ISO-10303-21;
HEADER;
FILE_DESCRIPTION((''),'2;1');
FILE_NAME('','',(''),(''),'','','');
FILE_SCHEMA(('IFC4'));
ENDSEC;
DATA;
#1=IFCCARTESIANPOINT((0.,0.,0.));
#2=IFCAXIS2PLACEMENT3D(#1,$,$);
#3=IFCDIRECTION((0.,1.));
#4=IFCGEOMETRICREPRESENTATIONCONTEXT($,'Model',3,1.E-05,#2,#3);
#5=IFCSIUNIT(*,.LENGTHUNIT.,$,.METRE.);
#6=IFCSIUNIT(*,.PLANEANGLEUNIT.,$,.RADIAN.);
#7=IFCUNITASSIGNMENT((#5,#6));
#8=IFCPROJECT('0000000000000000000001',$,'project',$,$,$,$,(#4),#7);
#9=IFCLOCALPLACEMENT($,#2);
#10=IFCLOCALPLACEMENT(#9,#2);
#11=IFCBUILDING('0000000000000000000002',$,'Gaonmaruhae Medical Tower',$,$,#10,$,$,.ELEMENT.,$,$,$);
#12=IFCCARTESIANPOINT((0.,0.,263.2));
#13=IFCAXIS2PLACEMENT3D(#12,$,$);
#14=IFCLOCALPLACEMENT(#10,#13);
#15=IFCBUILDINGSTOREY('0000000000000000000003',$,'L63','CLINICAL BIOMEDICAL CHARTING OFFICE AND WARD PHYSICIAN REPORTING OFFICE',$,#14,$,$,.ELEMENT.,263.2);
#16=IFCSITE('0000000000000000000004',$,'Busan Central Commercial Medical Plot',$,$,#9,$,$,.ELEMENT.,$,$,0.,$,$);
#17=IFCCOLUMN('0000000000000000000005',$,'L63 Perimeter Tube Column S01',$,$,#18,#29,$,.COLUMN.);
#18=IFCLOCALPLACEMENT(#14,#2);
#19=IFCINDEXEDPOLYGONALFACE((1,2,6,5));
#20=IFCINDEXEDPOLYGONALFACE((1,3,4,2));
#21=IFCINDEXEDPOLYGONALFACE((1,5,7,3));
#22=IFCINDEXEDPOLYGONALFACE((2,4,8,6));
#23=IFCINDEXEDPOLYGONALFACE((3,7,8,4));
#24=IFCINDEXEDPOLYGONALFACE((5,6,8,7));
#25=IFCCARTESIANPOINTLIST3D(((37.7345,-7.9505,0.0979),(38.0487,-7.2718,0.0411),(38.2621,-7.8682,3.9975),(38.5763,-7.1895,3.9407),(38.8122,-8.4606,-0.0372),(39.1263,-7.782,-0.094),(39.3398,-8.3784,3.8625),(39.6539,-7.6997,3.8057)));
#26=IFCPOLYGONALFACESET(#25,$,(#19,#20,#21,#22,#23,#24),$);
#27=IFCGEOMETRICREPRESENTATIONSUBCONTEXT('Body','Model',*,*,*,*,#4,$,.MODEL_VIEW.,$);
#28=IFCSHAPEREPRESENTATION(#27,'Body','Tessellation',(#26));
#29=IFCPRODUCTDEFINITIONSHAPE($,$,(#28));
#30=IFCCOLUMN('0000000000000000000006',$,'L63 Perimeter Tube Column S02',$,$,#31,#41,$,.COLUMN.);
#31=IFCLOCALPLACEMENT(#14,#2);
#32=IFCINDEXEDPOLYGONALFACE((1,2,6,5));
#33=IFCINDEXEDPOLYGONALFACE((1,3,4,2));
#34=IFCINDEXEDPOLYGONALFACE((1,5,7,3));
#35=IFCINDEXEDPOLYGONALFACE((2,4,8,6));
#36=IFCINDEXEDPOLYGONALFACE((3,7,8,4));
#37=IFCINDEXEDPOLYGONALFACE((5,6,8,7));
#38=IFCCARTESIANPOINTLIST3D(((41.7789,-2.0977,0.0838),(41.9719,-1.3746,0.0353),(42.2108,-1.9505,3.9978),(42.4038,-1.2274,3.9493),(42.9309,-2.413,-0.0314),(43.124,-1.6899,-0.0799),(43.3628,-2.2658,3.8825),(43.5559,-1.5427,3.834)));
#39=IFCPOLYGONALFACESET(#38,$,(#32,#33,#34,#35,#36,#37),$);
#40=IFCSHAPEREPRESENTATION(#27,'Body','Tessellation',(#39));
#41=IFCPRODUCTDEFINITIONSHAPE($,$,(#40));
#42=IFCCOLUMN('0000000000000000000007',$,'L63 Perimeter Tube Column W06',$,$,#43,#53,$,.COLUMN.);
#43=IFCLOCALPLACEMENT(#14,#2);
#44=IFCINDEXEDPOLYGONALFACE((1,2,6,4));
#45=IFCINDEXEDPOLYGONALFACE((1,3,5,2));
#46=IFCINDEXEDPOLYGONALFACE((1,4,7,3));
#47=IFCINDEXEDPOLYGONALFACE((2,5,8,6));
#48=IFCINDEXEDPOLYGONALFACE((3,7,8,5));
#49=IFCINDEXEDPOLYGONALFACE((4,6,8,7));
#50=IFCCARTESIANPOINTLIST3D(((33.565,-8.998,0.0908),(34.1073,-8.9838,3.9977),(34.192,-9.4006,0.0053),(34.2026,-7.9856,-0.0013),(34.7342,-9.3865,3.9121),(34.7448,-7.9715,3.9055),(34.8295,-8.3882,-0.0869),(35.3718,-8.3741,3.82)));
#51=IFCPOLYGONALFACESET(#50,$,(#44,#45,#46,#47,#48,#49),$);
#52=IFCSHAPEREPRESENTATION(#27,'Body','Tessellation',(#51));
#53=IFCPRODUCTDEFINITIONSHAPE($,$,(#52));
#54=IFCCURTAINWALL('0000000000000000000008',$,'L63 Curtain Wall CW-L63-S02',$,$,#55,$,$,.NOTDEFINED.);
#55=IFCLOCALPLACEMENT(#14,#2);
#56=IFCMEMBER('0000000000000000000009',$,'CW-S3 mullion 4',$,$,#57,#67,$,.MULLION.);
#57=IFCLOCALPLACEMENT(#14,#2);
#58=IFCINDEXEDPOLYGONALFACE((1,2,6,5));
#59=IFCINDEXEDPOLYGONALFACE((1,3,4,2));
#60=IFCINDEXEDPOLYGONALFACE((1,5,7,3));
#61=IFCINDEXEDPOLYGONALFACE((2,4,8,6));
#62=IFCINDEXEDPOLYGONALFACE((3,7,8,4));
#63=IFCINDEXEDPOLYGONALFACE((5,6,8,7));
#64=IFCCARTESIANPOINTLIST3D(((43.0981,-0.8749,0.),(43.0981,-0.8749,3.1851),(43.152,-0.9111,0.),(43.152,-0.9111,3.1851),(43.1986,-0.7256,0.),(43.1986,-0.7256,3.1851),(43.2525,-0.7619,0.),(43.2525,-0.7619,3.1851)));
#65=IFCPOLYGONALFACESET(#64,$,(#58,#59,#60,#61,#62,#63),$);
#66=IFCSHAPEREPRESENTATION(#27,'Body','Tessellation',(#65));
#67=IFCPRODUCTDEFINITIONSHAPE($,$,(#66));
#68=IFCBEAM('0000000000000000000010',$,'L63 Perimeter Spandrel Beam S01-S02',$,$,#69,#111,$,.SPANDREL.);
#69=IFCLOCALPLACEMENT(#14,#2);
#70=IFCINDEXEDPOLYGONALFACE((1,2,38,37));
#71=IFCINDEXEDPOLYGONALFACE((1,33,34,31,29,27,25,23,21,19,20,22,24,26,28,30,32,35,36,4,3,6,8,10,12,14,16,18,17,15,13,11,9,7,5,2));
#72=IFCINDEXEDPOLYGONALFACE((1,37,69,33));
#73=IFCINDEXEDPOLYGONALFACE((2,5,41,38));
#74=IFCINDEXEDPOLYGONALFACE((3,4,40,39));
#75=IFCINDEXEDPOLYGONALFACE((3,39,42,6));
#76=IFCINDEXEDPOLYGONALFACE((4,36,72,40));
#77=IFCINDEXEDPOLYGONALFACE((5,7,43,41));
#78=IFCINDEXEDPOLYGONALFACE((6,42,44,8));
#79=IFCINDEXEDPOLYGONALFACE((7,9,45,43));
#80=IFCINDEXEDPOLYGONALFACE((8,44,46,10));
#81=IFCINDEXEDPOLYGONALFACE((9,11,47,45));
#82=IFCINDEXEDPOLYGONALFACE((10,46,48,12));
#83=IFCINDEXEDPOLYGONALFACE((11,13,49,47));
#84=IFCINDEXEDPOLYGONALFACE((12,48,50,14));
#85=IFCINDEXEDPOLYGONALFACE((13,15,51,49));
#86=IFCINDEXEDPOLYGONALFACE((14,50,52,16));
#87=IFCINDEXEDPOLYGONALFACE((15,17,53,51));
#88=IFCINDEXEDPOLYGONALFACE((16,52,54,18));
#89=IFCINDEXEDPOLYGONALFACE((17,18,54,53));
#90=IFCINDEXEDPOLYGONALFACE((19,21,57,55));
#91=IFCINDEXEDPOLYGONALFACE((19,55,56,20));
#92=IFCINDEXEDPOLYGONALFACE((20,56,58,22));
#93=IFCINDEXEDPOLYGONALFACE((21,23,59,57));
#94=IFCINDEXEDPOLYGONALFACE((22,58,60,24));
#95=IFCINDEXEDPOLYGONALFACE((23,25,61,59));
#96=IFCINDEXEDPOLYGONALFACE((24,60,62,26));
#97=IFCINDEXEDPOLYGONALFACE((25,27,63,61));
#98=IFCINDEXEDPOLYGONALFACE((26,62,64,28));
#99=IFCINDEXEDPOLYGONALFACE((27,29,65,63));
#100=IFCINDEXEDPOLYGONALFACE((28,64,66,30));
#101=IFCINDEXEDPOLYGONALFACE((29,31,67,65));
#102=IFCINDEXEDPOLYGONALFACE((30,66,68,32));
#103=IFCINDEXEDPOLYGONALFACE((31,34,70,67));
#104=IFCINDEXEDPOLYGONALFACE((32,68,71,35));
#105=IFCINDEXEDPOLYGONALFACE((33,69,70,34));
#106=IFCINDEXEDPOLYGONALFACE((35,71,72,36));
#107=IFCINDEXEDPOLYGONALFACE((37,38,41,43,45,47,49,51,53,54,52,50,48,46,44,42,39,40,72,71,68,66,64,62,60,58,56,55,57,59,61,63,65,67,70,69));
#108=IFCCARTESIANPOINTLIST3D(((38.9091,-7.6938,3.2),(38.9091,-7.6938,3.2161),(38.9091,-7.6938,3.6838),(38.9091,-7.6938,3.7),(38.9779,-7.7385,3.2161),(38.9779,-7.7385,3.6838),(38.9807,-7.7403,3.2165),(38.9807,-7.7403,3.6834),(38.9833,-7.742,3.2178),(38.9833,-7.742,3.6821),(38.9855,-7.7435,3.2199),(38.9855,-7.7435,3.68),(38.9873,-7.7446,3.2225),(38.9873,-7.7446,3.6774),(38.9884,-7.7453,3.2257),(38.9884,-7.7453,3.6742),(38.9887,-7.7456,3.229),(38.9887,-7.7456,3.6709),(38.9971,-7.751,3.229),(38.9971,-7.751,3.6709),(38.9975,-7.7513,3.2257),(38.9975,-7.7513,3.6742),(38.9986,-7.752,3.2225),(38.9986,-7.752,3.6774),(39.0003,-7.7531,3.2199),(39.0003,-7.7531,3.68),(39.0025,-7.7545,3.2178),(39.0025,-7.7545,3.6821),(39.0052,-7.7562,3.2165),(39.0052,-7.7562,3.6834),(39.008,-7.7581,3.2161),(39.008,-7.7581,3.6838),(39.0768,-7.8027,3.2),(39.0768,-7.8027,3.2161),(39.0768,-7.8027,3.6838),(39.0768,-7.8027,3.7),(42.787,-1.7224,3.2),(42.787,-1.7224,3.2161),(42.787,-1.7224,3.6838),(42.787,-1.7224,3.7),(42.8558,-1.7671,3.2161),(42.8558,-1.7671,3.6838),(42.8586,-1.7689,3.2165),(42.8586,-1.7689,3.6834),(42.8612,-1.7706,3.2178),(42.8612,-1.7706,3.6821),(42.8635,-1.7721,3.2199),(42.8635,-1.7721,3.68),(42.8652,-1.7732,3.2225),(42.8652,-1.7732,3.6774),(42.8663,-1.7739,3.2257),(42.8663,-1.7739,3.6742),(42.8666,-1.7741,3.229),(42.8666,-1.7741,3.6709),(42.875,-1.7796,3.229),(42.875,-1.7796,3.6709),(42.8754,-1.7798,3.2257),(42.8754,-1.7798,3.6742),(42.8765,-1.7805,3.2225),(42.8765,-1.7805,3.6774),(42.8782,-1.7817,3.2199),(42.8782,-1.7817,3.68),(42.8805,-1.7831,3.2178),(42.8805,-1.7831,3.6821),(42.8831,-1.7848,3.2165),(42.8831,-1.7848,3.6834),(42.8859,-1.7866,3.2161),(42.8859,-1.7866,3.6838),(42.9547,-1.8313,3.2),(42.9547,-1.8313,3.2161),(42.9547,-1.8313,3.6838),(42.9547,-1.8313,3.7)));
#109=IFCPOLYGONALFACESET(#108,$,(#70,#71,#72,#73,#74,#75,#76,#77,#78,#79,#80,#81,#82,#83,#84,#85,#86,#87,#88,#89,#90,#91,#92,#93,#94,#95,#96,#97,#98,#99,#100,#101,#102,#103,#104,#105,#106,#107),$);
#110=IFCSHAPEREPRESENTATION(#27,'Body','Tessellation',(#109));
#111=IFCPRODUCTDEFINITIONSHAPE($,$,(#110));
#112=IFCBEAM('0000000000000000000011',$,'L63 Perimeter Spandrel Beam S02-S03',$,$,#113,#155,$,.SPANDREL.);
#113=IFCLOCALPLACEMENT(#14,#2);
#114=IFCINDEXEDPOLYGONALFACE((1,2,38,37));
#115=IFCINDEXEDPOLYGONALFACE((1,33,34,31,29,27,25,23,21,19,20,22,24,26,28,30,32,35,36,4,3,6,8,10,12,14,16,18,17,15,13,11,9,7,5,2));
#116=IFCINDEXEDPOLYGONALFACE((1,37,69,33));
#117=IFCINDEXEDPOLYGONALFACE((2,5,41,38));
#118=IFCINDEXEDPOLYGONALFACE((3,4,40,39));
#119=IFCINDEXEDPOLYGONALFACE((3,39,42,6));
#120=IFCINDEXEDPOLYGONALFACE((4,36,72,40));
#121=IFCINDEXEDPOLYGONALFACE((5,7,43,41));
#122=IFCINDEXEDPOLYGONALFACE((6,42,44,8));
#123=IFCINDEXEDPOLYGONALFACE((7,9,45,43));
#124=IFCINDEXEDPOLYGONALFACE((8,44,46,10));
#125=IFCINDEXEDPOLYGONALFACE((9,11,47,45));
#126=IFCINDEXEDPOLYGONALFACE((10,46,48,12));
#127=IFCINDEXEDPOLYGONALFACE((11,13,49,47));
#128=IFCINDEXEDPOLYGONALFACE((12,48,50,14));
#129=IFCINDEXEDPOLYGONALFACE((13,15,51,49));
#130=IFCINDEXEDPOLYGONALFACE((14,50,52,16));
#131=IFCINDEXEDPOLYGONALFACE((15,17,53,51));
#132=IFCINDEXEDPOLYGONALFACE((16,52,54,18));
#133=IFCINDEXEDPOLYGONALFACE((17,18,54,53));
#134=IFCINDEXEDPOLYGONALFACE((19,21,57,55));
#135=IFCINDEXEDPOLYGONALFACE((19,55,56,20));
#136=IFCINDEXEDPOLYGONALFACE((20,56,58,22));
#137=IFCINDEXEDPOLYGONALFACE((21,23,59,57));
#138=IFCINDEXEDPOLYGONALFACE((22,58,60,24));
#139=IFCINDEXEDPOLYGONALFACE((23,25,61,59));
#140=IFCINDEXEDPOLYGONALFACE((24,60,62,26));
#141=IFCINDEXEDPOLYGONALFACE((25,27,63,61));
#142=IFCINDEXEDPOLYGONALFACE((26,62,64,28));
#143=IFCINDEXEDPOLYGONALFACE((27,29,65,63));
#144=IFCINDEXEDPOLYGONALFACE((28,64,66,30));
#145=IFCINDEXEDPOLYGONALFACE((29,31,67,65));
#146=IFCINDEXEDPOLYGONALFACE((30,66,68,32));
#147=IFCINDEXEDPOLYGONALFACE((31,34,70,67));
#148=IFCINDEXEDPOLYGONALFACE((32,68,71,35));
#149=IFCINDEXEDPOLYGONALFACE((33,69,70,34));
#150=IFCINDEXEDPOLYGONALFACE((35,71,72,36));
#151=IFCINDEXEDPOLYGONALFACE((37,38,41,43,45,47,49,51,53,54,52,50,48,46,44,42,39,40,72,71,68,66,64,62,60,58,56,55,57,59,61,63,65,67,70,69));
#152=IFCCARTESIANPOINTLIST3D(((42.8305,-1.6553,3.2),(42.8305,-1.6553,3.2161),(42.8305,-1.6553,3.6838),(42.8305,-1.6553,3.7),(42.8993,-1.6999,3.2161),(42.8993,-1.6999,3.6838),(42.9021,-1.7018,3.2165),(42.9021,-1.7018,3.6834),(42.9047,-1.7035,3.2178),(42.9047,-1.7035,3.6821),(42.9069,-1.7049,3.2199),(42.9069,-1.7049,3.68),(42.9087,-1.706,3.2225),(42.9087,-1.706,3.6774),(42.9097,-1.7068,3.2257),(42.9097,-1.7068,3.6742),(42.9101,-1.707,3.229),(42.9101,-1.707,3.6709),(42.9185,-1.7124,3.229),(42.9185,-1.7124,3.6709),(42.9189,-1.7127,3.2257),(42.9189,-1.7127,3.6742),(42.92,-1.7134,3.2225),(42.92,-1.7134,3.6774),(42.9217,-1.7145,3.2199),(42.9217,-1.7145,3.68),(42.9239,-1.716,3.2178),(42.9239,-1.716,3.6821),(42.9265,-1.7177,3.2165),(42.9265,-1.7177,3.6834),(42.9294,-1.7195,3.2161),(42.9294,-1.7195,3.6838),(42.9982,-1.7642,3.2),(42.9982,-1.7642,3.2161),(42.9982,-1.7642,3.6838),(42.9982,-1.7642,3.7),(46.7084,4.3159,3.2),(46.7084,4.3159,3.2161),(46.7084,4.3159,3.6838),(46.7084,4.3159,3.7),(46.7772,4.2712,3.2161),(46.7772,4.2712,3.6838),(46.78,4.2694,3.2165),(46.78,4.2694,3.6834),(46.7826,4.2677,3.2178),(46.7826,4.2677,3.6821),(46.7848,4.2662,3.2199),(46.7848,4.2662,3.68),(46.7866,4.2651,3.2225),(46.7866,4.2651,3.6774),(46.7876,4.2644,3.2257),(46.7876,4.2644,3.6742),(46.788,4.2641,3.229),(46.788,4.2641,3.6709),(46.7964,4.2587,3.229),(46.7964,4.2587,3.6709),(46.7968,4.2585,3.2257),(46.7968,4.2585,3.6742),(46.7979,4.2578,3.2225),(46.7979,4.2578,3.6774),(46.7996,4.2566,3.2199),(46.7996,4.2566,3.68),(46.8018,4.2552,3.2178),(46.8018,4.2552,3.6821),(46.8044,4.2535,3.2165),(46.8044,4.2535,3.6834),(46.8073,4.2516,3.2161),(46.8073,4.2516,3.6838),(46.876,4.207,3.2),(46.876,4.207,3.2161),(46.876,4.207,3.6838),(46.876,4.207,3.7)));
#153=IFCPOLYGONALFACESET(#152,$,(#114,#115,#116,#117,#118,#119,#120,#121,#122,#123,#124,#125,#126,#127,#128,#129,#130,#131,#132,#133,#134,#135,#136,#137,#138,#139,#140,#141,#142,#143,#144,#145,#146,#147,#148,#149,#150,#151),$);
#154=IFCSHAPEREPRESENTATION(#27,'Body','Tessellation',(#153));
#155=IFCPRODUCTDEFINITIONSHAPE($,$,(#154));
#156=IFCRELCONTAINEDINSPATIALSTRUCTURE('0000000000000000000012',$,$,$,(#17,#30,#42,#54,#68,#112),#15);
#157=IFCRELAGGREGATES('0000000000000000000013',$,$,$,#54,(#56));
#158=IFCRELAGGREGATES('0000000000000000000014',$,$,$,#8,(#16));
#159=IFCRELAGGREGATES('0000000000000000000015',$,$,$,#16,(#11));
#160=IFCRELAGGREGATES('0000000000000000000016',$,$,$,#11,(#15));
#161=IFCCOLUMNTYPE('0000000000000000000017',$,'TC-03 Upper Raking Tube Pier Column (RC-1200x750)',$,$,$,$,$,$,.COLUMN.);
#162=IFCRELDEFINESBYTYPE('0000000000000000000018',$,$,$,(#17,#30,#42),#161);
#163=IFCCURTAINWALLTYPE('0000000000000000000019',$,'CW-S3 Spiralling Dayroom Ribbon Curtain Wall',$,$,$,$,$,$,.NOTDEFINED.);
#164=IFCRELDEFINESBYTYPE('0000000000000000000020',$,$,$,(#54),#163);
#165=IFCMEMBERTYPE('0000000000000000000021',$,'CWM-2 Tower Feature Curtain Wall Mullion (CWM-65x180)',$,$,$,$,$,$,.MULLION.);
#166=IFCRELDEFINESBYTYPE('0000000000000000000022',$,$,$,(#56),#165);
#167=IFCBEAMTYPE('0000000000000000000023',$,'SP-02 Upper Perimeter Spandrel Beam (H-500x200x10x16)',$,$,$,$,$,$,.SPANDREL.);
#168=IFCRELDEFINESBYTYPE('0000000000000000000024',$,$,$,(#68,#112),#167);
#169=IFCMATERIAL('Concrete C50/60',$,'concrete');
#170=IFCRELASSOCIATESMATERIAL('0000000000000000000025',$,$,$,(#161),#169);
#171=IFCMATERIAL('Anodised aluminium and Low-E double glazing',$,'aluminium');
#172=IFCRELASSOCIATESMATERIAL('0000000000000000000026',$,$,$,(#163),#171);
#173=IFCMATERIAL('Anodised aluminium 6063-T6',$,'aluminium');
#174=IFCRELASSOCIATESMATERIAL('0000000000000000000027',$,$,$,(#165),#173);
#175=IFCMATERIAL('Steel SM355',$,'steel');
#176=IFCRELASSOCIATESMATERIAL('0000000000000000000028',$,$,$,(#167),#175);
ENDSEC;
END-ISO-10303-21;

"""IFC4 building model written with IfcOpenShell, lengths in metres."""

from ifc_helpers import new_model, si_unit, direction, frame, origin, origin_2d, place, context, subcontext, project, spatial, rectangle, i_section, extrude, material, material_profile, profile_set, type_object, element, aggregate, save


model = new_model("IFC4")

# Units and contexts
model_context = context("Model", 3, precision=1e-05, world=origin(), true_north=direction((0.0, 1.0)))
body_context = subcontext(model_context, "Body", "Model", "MODEL_VIEW")
ifc_project = project(units=[si_unit("LENGTHUNIT", "METRE"), si_unit("PLANEANGLEUNIT", "RADIAN")], contexts=[model_context])

# Site, building, storey
site_placement = place(None, origin())
site = spatial("IfcSite", under=ifc_project, at=site_placement, Name="Busan Central Commercial Medical Plot", CompositionType="ELEMENT", RefElevation=0.0)
building_placement = place(site_placement, origin())
building = spatial("IfcBuilding", under=site, at=building_placement, Name="Gaonmaruhae Medical Tower", CompositionType="ELEMENT")
storey_placement = place(building_placement, frame((0.0, 0.0, 263.2)))
storey = spatial("IfcBuildingStorey", under=building, at=storey_placement, Name="L63", Description="CLINICAL BIOMEDICAL CHARTING OFFICE AND WARD PHYSICIAN REPORTING OFFICE", CompositionType="ELEMENT", Elevation=263.2)

# Columns
ifc_material_1 = material(Name="Concrete C50/60", Category="concrete")
ifc_material_profile_1 = material_profile(ifc_material_1, rectangle(XDim=1.2, YDim=0.75, at=origin_2d()), Name="RC-1200x750")
ifc_profile_set_1 = profile_set([ifc_material_profile_1], Name="Concrete C50/60")
column_type = type_object("IfcColumnType", Name="TC-03 Upper Raking Tube Pier Column (RC-1200x750)", PredefinedType="COLUMN", material=ifc_profile_set_1)
column_1_placement = place(storey_placement, frame((38.4304, -7.8662, 0.002), z_axis=(0.13404, 0.020903, 0.990755), x_axis=(-0.898093, 0.425165, 0.112534)))
element("IfcColumn", 1, at=column_1_placement, inside=storey, type_object=column_type, Name="L63 Perimeter Tube Column S01", PredefinedType="COLUMN", context=body_context, shape_type="SweptSolid", body=[
    extrude(rectangle(XDim=1.2, YDim=0.75, at=origin_2d()), origin(), (0.0, 0.0, 1.0), 3.936),
])
column_2_placement = place(storey_placement, frame((42.4514, -1.8938, 0.002), z_axis=(0.109606, 0.037362, 0.993273), x_axis=(-0.960066, 0.262764, 0.096058)))
element("IfcColumn", 2, at=column_2_placement, inside=storey, type_object=column_type, Name="L63 Perimeter Tube Column S02", PredefinedType="COLUMN", context=body_context, shape_type="SweptSolid", body=[
    extrude(rectangle(XDim=1.2, YDim=0.75, at=origin_2d()), origin(), (0.0, 0.0, 1.0), 3.9404),
])
column_3_placement = place(storey_placement, frame((34.1973, -8.6931, 0.002), z_axis=(0.137476, 0.00359, 0.990499), x_axis=(-0.531319, -0.843683, 0.076803)))
element("IfcColumn", 3, at=column_3_placement, inside=storey, type_object=column_type, Name="L63 Perimeter Tube Column W06", PredefinedType="COLUMN", context=body_context, shape_type="SweptSolid", body=[
    extrude(rectangle(XDim=1.2, YDim=0.75, at=origin_2d()), origin(), (0.0, 0.0, 1.0), 3.9443),
])

# Curtain wall, member
ifc_material_2 = material(Name="Anodised aluminium and Low-E double glazing", Category="aluminium")
curtain_wall_type = type_object("IfcCurtainWallType", Name="CW-S3 Spiralling Dayroom Ribbon Curtain Wall", PredefinedType="NOTDEFINED", material=ifc_material_2)
curtain_wall_placement = place(storey_placement, origin())
curtain_wall = element("IfcCurtainWall", 4, at=curtain_wall_placement, inside=storey, type_object=curtain_wall_type, Name="L63 Curtain Wall CW-L63-S02", PredefinedType="NOTDEFINED")
ifc_material_3 = material(Name="Anodised aluminium 6063-T6", Category="aluminium")
ifc_material_profile_2 = material_profile(ifc_material_3, rectangle(XDim=0.0649, YDim=0.1799, at=origin_2d()), Name="CWM-65x180")
ifc_profile_set_2 = profile_set([ifc_material_profile_2], Name="Anodised aluminium 6063-T6")
member_type = type_object("IfcMemberType", Name="CWM-2 Tower Feature Curtain Wall Mullion (CWM-65x180)", PredefinedType="MULLION", material=ifc_profile_set_2)
member_placement = place(storey_placement, frame((43.1753, -0.8184, 0.0), z_axis=(0.0, 0.0, 1.0), x_axis=(0.829531, -0.558461, 0.0)))
member = element("IfcMember", 5, at=member_placement, type_object=member_type, Name="CW-S3 mullion 4", PredefinedType="MULLION", context=body_context, shape_type="SweptSolid", body=[
    extrude(rectangle(XDim=0.0649, YDim=0.1799, at=origin_2d()), origin(), (0.0, 0.0, 1.0), 3.1851),
])
aggregate(curtain_wall, [member])

# Beams
ifc_material_4 = material(Name="Steel SM355", Category="steel")
ifc_material_profile_3 = material_profile(ifc_material_4, i_section(OverallWidth=0.2, OverallDepth=0.5, WebThickness=0.01, FlangeThickness=0.0161, FilletRadius=0.0129, at=origin_2d()), Name="H-500x200x10x16")
ifc_profile_set_3 = profile_set([ifc_material_profile_3], Name="Steel SM355")
beam_type = type_object("IfcBeamType", Name="SP-02 Upper Perimeter Spandrel Beam (H-500x200x10x16)", PredefinedType="SPANDREL", material=ifc_profile_set_3)
beam_1_placement = place(storey_placement, frame((38.9929, -7.7483, 3.45), z_axis=(0.544642, 0.838668, 0.0), x_axis=(-0.838668, 0.544642, 0.0)))
element("IfcBeam", 6, at=beam_1_placement, inside=storey, type_object=beam_type, Name="L63 Perimeter Spandrel Beam S01-S02", PredefinedType="SPANDREL", context=body_context, shape_type="SweptSolid", body=[
    extrude(i_section(OverallWidth=0.2, OverallDepth=0.5, WebThickness=0.01, FlangeThickness=0.0161, FilletRadius=0.0129, at=origin_2d()), origin(), (0.0, 0.0, 1.0), 7.1201),
])
beam_2_placement = place(storey_placement, frame((42.9143, -1.7097, 3.45), z_axis=(0.544658, 0.838658, 0.0), x_axis=(-0.838658, 0.544658, 0.0)))
element("IfcBeam", 7, at=beam_2_placement, inside=storey, type_object=beam_type, Name="L63 Perimeter Spandrel Beam S02-S03", PredefinedType="SPANDREL", context=body_context, shape_type="SweptSolid", body=[
    extrude(i_section(OverallWidth=0.2, OverallDepth=0.5, WebThickness=0.01, FlangeThickness=0.0161, FilletRadius=0.0129, at=origin_2d()), origin(), (0.0, 0.0, 1.0), 7.1199),
])

save(model, "model.ifc")
